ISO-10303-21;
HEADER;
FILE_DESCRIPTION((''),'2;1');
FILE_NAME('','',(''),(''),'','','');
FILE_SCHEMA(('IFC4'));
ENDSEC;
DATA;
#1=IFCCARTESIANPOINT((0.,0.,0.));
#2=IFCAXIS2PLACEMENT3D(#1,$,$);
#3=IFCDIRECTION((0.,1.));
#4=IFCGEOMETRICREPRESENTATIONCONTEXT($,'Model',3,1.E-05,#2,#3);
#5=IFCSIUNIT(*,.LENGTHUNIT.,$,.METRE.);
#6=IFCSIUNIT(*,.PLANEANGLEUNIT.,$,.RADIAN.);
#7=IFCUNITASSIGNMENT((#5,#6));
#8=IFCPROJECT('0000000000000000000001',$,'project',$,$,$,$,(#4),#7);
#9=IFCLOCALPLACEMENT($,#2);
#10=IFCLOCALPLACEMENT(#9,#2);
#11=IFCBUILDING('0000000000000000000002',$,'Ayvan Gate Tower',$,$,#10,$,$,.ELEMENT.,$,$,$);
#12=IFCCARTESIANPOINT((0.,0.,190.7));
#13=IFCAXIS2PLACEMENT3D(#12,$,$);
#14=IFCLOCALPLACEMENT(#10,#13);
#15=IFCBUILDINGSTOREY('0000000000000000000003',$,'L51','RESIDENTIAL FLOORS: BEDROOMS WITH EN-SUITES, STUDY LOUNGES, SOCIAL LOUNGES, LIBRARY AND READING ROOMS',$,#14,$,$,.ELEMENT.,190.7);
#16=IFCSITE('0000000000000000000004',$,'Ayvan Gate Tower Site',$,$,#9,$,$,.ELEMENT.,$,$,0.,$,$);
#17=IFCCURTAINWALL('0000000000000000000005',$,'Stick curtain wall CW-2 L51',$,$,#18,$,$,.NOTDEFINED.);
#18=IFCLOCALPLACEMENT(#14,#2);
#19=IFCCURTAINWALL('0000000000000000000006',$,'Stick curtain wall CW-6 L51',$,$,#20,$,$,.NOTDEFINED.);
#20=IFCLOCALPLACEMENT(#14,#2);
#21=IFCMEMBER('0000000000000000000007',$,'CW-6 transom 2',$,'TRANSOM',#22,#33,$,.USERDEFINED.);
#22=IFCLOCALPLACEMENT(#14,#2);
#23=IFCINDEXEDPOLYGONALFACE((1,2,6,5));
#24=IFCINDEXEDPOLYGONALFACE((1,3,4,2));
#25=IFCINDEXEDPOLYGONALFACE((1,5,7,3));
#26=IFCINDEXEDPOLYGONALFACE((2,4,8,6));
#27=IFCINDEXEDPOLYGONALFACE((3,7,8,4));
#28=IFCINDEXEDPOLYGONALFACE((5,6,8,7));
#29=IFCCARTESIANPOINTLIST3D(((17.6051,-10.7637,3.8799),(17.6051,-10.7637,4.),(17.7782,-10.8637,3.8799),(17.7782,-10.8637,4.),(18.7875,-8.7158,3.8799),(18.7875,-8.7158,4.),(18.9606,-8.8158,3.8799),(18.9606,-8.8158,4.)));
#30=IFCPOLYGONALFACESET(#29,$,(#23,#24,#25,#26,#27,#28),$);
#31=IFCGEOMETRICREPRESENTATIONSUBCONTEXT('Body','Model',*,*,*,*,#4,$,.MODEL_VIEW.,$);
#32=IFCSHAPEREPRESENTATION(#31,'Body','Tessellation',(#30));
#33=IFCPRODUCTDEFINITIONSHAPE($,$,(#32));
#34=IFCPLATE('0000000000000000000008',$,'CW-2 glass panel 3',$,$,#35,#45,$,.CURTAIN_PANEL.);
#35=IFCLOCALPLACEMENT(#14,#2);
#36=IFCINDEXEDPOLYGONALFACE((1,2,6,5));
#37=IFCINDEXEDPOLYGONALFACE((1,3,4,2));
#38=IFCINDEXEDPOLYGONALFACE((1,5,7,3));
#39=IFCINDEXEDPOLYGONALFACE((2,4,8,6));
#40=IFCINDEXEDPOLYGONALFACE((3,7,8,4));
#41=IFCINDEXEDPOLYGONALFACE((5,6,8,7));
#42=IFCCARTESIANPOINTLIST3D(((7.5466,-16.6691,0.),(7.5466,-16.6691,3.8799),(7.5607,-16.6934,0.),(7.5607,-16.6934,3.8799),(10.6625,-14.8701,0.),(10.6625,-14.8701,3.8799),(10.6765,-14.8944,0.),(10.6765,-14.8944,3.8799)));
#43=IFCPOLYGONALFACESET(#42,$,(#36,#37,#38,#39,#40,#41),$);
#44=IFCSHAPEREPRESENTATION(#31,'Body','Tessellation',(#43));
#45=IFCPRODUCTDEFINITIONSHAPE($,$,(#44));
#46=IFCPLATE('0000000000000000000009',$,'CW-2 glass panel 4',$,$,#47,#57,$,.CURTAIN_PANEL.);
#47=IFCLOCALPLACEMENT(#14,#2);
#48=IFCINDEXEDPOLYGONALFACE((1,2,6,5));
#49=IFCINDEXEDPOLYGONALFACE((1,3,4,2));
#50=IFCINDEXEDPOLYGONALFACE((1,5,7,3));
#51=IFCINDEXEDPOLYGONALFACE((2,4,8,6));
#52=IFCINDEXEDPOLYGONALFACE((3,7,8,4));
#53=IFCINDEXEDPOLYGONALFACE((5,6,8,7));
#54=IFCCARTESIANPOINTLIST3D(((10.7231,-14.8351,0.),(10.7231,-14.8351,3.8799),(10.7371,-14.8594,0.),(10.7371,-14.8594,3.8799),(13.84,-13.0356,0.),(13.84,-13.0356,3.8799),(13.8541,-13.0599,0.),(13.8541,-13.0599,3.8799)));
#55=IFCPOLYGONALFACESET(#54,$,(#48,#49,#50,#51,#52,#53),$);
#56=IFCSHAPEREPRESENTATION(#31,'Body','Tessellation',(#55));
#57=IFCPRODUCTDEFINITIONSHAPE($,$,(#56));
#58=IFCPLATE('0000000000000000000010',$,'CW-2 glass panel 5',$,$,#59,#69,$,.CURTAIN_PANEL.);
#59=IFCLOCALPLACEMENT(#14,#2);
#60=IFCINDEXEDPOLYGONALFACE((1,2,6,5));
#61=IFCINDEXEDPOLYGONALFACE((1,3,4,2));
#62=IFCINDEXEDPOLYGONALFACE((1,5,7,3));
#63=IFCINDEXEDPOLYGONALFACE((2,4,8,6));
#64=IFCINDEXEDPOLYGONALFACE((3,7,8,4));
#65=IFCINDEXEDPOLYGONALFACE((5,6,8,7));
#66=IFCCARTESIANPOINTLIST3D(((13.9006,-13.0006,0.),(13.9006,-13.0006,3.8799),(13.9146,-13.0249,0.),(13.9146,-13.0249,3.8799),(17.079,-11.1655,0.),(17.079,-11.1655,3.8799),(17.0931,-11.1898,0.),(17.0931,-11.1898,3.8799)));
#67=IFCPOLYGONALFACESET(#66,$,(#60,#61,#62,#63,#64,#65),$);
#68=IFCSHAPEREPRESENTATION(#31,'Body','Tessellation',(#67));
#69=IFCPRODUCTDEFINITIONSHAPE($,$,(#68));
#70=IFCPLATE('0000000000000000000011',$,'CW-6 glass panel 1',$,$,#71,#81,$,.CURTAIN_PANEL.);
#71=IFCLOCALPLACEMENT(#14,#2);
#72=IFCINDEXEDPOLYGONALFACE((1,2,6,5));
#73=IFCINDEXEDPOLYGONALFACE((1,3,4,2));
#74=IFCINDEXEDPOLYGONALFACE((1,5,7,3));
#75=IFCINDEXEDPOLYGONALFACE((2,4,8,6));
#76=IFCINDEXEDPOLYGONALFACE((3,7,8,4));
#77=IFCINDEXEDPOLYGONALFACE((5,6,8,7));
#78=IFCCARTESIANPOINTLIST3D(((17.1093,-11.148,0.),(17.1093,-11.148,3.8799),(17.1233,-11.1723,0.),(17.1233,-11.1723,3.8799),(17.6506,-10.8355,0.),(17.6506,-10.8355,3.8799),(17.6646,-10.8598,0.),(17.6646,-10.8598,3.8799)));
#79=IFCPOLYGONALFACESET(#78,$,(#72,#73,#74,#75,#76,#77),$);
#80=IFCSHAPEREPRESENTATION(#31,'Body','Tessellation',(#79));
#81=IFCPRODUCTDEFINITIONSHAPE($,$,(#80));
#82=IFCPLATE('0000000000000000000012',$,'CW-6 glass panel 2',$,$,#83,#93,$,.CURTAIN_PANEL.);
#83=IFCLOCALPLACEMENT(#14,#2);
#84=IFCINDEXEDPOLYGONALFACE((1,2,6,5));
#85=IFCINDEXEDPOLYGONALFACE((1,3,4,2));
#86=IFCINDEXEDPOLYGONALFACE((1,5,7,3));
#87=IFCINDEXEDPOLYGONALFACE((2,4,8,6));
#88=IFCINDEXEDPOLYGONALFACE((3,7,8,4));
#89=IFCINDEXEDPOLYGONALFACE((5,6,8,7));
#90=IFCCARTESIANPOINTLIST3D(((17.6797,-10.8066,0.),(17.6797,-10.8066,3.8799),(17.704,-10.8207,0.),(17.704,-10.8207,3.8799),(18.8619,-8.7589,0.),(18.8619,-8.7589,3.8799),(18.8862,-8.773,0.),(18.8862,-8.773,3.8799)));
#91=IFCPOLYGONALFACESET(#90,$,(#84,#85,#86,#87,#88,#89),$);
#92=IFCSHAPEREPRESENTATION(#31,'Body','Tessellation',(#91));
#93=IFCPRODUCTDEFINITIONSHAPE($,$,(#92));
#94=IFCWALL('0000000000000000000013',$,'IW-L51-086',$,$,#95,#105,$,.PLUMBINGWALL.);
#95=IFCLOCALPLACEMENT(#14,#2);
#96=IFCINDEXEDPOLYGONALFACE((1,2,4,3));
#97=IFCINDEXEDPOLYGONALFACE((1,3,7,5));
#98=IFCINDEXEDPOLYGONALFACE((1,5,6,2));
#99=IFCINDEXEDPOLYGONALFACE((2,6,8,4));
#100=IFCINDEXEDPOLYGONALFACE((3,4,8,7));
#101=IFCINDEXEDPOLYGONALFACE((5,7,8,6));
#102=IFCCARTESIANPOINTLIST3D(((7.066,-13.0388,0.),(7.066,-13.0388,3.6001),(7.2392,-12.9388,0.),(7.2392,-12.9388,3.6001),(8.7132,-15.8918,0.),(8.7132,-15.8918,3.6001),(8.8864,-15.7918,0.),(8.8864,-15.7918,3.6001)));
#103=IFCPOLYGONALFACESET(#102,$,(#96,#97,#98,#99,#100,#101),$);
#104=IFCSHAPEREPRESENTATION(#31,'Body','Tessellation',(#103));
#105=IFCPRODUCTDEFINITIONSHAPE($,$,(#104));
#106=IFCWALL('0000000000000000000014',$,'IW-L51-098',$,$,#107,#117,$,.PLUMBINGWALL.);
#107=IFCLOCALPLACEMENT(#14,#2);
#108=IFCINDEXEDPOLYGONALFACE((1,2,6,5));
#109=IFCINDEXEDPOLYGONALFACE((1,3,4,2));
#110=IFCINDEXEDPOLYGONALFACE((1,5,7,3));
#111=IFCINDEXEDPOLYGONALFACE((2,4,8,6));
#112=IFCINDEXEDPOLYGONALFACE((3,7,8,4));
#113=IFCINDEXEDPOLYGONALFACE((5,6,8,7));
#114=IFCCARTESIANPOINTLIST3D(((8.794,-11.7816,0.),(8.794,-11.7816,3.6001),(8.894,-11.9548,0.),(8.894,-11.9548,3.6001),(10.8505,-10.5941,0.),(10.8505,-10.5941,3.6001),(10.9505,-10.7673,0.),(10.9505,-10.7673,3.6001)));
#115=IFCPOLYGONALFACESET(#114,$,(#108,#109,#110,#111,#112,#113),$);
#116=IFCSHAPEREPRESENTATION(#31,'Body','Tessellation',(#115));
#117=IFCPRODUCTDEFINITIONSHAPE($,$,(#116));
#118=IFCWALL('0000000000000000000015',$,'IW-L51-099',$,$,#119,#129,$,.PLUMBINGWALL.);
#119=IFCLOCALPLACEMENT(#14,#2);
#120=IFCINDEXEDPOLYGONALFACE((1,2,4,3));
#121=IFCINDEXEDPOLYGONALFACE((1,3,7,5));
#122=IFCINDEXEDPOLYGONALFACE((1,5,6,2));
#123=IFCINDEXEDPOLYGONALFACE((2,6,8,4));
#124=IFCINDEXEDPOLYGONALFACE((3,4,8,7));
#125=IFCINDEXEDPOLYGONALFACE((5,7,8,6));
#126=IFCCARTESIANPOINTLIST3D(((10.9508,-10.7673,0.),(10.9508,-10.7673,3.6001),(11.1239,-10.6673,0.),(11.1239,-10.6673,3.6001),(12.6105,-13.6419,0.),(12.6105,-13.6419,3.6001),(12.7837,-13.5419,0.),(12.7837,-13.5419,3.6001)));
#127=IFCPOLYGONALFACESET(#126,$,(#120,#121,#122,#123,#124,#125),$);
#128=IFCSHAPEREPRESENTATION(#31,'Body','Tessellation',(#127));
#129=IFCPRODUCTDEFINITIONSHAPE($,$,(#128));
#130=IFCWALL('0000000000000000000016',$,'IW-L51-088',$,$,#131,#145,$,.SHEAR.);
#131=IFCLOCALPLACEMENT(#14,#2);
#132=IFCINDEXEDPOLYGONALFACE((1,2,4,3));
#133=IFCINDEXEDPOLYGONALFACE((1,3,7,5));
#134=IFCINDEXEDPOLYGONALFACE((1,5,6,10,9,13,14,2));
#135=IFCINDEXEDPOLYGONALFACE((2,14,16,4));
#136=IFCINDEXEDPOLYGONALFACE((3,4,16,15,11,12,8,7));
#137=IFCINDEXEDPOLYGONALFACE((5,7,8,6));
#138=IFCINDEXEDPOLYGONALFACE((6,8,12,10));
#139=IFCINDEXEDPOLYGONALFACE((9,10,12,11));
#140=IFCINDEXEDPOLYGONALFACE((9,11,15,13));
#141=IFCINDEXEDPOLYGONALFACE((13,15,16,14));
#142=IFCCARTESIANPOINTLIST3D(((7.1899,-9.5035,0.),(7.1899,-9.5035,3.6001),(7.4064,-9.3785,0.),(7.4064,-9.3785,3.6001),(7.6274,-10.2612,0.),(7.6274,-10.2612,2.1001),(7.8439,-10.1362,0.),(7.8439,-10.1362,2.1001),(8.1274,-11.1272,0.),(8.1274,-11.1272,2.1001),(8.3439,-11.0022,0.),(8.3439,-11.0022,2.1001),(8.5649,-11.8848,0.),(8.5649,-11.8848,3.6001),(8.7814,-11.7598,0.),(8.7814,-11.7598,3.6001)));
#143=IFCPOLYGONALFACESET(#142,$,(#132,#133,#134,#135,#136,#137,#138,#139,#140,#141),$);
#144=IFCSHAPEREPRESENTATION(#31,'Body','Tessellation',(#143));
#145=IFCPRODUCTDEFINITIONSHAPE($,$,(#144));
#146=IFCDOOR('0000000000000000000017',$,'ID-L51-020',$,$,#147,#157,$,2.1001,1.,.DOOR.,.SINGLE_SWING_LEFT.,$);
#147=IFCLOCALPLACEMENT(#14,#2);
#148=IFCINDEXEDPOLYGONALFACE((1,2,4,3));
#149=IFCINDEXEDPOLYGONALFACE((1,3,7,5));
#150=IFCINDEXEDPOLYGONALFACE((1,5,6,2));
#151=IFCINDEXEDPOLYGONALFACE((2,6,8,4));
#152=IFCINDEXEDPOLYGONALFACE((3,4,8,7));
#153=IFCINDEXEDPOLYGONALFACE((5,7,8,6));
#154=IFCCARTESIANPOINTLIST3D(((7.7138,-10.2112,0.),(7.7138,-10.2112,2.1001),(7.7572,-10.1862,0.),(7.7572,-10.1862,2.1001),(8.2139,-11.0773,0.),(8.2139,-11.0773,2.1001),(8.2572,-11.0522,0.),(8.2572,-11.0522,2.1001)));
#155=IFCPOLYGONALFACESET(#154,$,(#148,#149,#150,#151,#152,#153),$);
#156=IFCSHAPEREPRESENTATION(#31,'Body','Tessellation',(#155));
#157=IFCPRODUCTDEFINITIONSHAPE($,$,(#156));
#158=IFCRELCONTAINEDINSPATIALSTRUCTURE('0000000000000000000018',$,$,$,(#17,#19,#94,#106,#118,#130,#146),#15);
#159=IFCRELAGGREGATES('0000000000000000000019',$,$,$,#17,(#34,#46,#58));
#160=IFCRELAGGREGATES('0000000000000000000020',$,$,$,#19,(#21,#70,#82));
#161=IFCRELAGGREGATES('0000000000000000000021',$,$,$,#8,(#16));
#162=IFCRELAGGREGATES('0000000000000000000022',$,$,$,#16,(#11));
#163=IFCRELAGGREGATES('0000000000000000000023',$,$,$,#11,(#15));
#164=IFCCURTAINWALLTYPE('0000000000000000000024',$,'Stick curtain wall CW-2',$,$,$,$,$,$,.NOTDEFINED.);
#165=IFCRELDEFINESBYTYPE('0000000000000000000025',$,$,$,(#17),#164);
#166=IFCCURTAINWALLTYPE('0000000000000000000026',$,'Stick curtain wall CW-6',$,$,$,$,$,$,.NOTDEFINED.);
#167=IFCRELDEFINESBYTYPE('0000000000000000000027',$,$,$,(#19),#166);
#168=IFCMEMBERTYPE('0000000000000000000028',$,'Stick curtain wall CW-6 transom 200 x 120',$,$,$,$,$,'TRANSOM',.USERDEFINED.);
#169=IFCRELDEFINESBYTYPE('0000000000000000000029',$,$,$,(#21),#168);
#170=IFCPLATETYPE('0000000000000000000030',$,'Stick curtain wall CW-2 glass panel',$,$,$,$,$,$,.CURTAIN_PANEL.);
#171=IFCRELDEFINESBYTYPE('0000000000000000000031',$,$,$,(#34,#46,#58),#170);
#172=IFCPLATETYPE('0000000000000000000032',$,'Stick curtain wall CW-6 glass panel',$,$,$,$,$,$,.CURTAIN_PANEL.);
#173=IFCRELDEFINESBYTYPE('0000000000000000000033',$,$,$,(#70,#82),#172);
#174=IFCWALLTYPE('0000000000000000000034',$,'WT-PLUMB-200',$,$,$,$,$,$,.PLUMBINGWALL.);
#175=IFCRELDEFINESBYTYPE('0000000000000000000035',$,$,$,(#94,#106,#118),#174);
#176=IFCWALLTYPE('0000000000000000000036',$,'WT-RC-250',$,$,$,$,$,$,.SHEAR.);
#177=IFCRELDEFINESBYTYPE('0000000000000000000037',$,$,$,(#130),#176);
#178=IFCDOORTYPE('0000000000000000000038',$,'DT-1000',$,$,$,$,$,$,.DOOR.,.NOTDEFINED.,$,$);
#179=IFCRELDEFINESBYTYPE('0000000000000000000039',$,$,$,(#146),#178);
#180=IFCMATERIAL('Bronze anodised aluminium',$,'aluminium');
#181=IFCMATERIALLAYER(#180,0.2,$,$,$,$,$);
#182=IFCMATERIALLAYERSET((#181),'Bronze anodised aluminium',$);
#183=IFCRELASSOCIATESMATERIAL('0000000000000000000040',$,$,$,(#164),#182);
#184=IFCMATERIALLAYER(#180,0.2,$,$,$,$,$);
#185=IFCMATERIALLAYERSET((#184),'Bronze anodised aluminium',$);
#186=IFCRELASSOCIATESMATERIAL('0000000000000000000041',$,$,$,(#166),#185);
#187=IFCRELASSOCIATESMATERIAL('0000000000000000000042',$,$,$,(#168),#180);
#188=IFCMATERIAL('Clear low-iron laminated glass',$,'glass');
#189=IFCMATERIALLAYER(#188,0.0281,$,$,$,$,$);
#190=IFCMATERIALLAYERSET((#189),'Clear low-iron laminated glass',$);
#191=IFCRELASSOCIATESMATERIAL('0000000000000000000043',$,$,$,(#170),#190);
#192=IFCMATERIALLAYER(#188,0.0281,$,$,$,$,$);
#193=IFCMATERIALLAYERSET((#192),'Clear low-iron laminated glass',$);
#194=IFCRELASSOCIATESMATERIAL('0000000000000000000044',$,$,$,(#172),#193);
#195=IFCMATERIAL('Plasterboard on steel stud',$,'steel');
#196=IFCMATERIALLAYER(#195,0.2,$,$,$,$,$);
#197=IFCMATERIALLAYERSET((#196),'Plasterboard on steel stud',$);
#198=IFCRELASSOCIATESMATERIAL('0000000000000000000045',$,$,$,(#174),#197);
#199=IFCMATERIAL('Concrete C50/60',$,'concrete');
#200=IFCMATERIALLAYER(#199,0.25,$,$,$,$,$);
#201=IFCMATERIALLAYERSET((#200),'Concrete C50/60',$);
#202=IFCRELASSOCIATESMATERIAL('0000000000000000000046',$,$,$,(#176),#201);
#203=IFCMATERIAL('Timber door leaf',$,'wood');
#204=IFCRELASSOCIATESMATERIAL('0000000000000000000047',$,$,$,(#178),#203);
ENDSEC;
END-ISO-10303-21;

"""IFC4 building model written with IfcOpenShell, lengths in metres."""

from ifc_helpers import new_model, si_unit, direction, frame, frame_2d, origin, origin_2d, place, context, subcontext, project, spatial, rectangle, extrude, material, layer, layer_set, material_profile, profile_set, type_object, element, fill, aggregate, save


model = new_model("IFC4")

# Units and contexts
model_context = context("Model", 3, precision=1e-05, world=origin(), true_north=direction((0.0, 1.0)))
body_context = subcontext(model_context, "Body", "Model", "MODEL_VIEW")
ifc_project = project(units=[si_unit("LENGTHUNIT", "METRE"), si_unit("PLANEANGLEUNIT", "RADIAN")], contexts=[model_context])

# Site, building, storey
site_placement = place(None, origin())
site = spatial("IfcSite", under=ifc_project, at=site_placement, Name="Ayvan Gate Tower Site", CompositionType="ELEMENT", RefElevation=0.0)
building_placement = place(site_placement, origin())
building = spatial("IfcBuilding", under=site, at=building_placement, Name="Ayvan Gate Tower", CompositionType="ELEMENT")
storey_placement = place(building_placement, frame((0.0, 0.0, 190.7)))
storey = spatial("IfcBuildingStorey", under=building, at=storey_placement, Name="L51", Description="RESIDENTIAL FLOORS: BEDROOMS WITH EN-SUITES, STUDY LOUNGES, SOCIAL LOUNGES, LIBRARY AND READING ROOMS", CompositionType="ELEMENT", Elevation=190.7)

# Curtain walls, member
ifc_material_1 = material(Name="Bronze anodised aluminium", Category="aluminium")
ifc_layer_1 = layer(ifc_material_1, 0.2)
ifc_layer_set_1 = layer_set([ifc_layer_1], Name="Bronze anodised aluminium")
curtain_wall_type_1 = type_object("IfcCurtainWallType", Name="Stick curtain wall CW-2", PredefinedType="NOTDEFINED", material=ifc_layer_set_1)
curtain_wall_1_placement = place(storey_placement, origin())
curtain_wall_1 = element("IfcCurtainWall", 1, at=curtain_wall_1_placement, inside=storey, type_object=curtain_wall_type_1, Name="Stick curtain wall CW-2 L51", PredefinedType="NOTDEFINED")
ifc_layer_2 = layer(ifc_material_1, 0.2)
ifc_layer_set_2 = layer_set([ifc_layer_2], Name="Bronze anodised aluminium")
curtain_wall_type_2 = type_object("IfcCurtainWallType", Name="Stick curtain wall CW-6", PredefinedType="NOTDEFINED", material=ifc_layer_set_2)
curtain_wall_2_placement = place(storey_placement, origin())
curtain_wall_2 = element("IfcCurtainWall", 2, at=curtain_wall_2_placement, inside=storey, type_object=curtain_wall_type_2, Name="Stick curtain wall CW-6 L51", PredefinedType="NOTDEFINED")
ifc_material_profile_1 = material_profile(ifc_material_1, rectangle(XDim=0.2, YDim=0.1201, at=origin_2d()), Name="Stick curtain wall CW-6 transom 200 x 120")
ifc_profile_set_1 = profile_set([ifc_material_profile_1], Name="Bronze anodised aluminium")
member_type_1 = type_object("IfcMemberType", Name="Stick curtain wall CW-6 transom 200 x 120", ElementType="TRANSOM", PredefinedType="USERDEFINED", material=ifc_profile_set_1)
member_1_placement = place(storey_placement, frame((17.6917, -10.8137, 3.9399), z_axis=(0.500014, 0.866017, 0.0), x_axis=(-0.866017, 0.500014, 0.0)))
member_1 = element("IfcMember", 3, at=member_1_placement, type_object=member_type_1, Name="CW-6 transom 2", ObjectType="TRANSOM", PredefinedType="USERDEFINED", context=body_context, shape_type="SweptSolid", body=[
    extrude(rectangle(XDim=0.2, YDim=0.1201, at=origin_2d()), origin(), (0.0, 0.0, 1.0), 2.3647),
])

# Plates
ifc_material_2 = material(Name="Clear low-iron laminated glass", Category="glass")
ifc_layer_3 = layer(ifc_material_2, 0.0281)
ifc_layer_set_3 = layer_set([ifc_layer_3], Name="Clear low-iron laminated glass")
plate_type_1 = type_object("IfcPlateType", Name="Stick curtain wall CW-2 glass panel", PredefinedType="CURTAIN_PANEL", material=ifc_layer_set_3)
plate_1_placement = place(storey_placement, frame((9.1116, -15.7817, 0.0), z_axis=(0.0, 0.0, 1.0), x_axis=(0.866025, 0.5, 0.0)))
plate_1 = element("IfcPlate", 4, at=plate_1_placement, type_object=plate_type_1, Name="CW-2 glass panel 3", PredefinedType="CURTAIN_PANEL", context=body_context, shape_type="SweptSolid", body=[
    extrude(rectangle(XDim=3.5979, YDim=0.0281, at=origin_2d()), origin(), (0.0, 0.0, 1.0), 3.8799),
])
plate_2_placement = place(storey_placement, frame((12.2886, -13.9475, 0.0), z_axis=(0.0, 0.0, 1.0), x_axis=(0.866025, 0.5, 0.0)))
plate_2 = element("IfcPlate", 5, at=plate_2_placement, type_object=plate_type_1, Name="CW-2 glass panel 4", PredefinedType="CURTAIN_PANEL", context=body_context, shape_type="SweptSolid", body=[
    extrude(rectangle(XDim=3.5991, YDim=0.0281, at=origin_2d()), origin(), (0.0, 0.0, 1.0), 3.8799),
])
plate_3_placement = place(storey_placement, frame((15.4968, -12.0952, 0.0), z_axis=(0.0, 0.0, 1.0), x_axis=(0.866025, 0.5, 0.0)))
plate_3 = element("IfcPlate", 6, at=plate_3_placement, type_object=plate_type_1, Name="CW-2 glass panel 5", PredefinedType="CURTAIN_PANEL", context=body_context, shape_type="SweptSolid", body=[
    extrude(rectangle(XDim=3.6702, YDim=0.0281, at=origin_2d()), origin(), (0.0, 0.0, 1.0), 3.8799),
])
aggregate(curtain_wall_1, [plate_1, plate_2, plate_3])
ifc_layer_4 = layer(ifc_material_2, 0.0281)
ifc_layer_set_4 = layer_set([ifc_layer_4], Name="Clear low-iron laminated glass")
plate_type_2 = type_object("IfcPlateType", Name="Stick curtain wall CW-6 glass panel", PredefinedType="CURTAIN_PANEL", material=ifc_layer_set_4)
plate_4_placement = place(storey_placement, frame((17.387, -11.0039, 0.0), z_axis=(0.0, 0.0, 1.0), x_axis=(0.866025, 0.5, 0.0)))
plate_4 = element("IfcPlate", 7, at=plate_4_placement, type_object=plate_type_2, Name="CW-6 glass panel 1", PredefinedType="CURTAIN_PANEL", context=body_context, shape_type="SweptSolid", body=[
    extrude(rectangle(XDim=0.625, YDim=0.0281, at=origin_2d()), origin(), (0.0, 0.0, 1.0), 3.8799),
])
plate_5_placement = place(storey_placement, frame((18.283, -9.7898, 0.0), z_axis=(0.0, 0.0, 1.0), x_axis=(0.5, 0.866025, 0.0)))
plate_5 = element("IfcPlate", 8, at=plate_5_placement, type_object=plate_type_2, Name="CW-6 glass panel 2", PredefinedType="CURTAIN_PANEL", context=body_context, shape_type="SweptSolid", body=[
    extrude(rectangle(XDim=2.3645, YDim=0.0281, at=origin_2d()), origin(), (0.0, 0.0, 1.0), 3.8799),
])
aggregate(curtain_wall_2, [member_1, plate_4, plate_5])

# Walls
ifc_material_3 = material(Name="Plasterboard on steel stud", Category="steel")
ifc_layer_5 = layer(ifc_material_3, 0.2)
ifc_layer_set_5 = layer_set([ifc_layer_5], Name="Plasterboard on steel stud")
wall_type_1 = type_object("IfcWallType", Name="WT-PLUMB-200", PredefinedType="PLUMBINGWALL", material=ifc_layer_set_5)
wall_1_placement = place(storey_placement, frame((7.1526, -12.9888, 0.0), z_axis=(0.0, 0.0, 1.0), x_axis=(0.500005, -0.866023, 0.0)))
element("IfcWall", 9, at=wall_1_placement, inside=storey, type_object=wall_type_1, Name="IW-L51-086", PredefinedType="PLUMBINGWALL", context=body_context, shape_type="SweptSolid", body=[
    extrude(rectangle(XDim=3.2944, YDim=0.2, at=frame_2d((1.6472, 0.0))), origin(), (0.0, 0.0, 1.0), 3.6001),
])
wall_2_placement = place(storey_placement, frame((10.9006, -10.6807, 0.0), z_axis=(0.0, 0.0, 1.0), x_axis=(-0.866008, -0.500031, 0.0)))
element("IfcWall", 10, at=wall_2_placement, inside=storey, type_object=wall_type_1, Name="IW-L51-098", PredefinedType="PLUMBINGWALL", context=body_context, shape_type="SweptSolid", body=[
    extrude(rectangle(XDim=2.3748, YDim=0.2, at=frame_2d((1.1875, 0.0))), origin(), (0.0, 0.0, 1.0), 3.6001),
])
wall_3_placement = place(storey_placement, frame((11.0374, -10.7173, 0.0), z_axis=(0.0, 0.0, 1.0), x_axis=(0.500015, -0.866017, 0.0)))
element("IfcWall", 11, at=wall_3_placement, inside=storey, type_object=wall_type_1, Name="IW-L51-099", PredefinedType="PLUMBINGWALL", context=body_context, shape_type="SweptSolid", body=[
    extrude(rectangle(XDim=3.3193, YDim=0.2, at=frame_2d((1.6597, 0.0))), origin(), (0.0, 0.0, 1.0), 3.6001),
])

# Wall, opening, door
ifc_material_4 = material(Name="Concrete C50/60", Category="concrete")
ifc_layer_6 = layer(ifc_material_4, 0.25)
ifc_layer_set_6 = layer_set([ifc_layer_6], Name="Concrete C50/60")
wall_type_2 = type_object("IfcWallType", Name="WT-RC-250", PredefinedType="SHEAR", material=ifc_layer_set_6)
wall_4_placement = place(storey_placement, frame((7.2981, -9.4409, 0.0), z_axis=(0.0, 0.0, 1.0), x_axis=(0.500035, -0.866005, 0.0)))
wall_4 = element("IfcWall", 12, at=wall_4_placement, inside=storey, type_object=wall_type_2, Name="IW-L51-088", PredefinedType="SHEAR", context=body_context, shape_type="SweptSolid", body=[
    extrude(rectangle(XDim=2.7498, YDim=0.25, at=frame_2d((1.375, 0.0))), origin(), (0.0, 0.0, 1.0), 3.6001),
])
opening_placement = place(wall_4_placement, frame((0.875, 0.0, 0.0)))
opening = element("IfcOpeningElement", 13, at=opening_placement, cuts=wall_4, PredefinedType="OPENING", context=body_context, shape_type="SweptSolid", body=[
    extrude(rectangle(XDim=1.0, YDim=2.1001, at=frame_2d((0.5, 1.05))), frame((0.0, 0.135, 0.0), z_axis=(0.0, -1.0, 0.0), x_axis=(1.0, 0.0, 0.0)), (0.0, 0.0, 1.0), 0.27),
])
ifc_material_5 = material(Name="Timber door leaf", Category="wood")
door_type = type_object("IfcDoorType", Name="DT-1000", OperationType="NOTDEFINED", PredefinedType="DOOR", material=ifc_material_5)
door_placement = place(opening_placement, origin())
door = element("IfcDoor", 14, at=door_placement, inside=storey, type_object=door_type, Name="ID-L51-020", OperationType="SINGLE_SWING_LEFT", OverallHeight=2.1001, OverallWidth=1.0, PredefinedType="DOOR", context=body_context, shape_type="SweptSolid", body=[
    extrude(rectangle(XDim=1.0, YDim=2.1001, at=frame_2d((0.5, 1.05))), frame((0.0, 0.0249, 0.0), z_axis=(0.0, -1.0, 0.0), x_axis=(1.0, 0.0, 0.0)), (0.0, 0.0, 1.0), 0.05),
])
fill(opening, door)

save(model, "model.ifc")
